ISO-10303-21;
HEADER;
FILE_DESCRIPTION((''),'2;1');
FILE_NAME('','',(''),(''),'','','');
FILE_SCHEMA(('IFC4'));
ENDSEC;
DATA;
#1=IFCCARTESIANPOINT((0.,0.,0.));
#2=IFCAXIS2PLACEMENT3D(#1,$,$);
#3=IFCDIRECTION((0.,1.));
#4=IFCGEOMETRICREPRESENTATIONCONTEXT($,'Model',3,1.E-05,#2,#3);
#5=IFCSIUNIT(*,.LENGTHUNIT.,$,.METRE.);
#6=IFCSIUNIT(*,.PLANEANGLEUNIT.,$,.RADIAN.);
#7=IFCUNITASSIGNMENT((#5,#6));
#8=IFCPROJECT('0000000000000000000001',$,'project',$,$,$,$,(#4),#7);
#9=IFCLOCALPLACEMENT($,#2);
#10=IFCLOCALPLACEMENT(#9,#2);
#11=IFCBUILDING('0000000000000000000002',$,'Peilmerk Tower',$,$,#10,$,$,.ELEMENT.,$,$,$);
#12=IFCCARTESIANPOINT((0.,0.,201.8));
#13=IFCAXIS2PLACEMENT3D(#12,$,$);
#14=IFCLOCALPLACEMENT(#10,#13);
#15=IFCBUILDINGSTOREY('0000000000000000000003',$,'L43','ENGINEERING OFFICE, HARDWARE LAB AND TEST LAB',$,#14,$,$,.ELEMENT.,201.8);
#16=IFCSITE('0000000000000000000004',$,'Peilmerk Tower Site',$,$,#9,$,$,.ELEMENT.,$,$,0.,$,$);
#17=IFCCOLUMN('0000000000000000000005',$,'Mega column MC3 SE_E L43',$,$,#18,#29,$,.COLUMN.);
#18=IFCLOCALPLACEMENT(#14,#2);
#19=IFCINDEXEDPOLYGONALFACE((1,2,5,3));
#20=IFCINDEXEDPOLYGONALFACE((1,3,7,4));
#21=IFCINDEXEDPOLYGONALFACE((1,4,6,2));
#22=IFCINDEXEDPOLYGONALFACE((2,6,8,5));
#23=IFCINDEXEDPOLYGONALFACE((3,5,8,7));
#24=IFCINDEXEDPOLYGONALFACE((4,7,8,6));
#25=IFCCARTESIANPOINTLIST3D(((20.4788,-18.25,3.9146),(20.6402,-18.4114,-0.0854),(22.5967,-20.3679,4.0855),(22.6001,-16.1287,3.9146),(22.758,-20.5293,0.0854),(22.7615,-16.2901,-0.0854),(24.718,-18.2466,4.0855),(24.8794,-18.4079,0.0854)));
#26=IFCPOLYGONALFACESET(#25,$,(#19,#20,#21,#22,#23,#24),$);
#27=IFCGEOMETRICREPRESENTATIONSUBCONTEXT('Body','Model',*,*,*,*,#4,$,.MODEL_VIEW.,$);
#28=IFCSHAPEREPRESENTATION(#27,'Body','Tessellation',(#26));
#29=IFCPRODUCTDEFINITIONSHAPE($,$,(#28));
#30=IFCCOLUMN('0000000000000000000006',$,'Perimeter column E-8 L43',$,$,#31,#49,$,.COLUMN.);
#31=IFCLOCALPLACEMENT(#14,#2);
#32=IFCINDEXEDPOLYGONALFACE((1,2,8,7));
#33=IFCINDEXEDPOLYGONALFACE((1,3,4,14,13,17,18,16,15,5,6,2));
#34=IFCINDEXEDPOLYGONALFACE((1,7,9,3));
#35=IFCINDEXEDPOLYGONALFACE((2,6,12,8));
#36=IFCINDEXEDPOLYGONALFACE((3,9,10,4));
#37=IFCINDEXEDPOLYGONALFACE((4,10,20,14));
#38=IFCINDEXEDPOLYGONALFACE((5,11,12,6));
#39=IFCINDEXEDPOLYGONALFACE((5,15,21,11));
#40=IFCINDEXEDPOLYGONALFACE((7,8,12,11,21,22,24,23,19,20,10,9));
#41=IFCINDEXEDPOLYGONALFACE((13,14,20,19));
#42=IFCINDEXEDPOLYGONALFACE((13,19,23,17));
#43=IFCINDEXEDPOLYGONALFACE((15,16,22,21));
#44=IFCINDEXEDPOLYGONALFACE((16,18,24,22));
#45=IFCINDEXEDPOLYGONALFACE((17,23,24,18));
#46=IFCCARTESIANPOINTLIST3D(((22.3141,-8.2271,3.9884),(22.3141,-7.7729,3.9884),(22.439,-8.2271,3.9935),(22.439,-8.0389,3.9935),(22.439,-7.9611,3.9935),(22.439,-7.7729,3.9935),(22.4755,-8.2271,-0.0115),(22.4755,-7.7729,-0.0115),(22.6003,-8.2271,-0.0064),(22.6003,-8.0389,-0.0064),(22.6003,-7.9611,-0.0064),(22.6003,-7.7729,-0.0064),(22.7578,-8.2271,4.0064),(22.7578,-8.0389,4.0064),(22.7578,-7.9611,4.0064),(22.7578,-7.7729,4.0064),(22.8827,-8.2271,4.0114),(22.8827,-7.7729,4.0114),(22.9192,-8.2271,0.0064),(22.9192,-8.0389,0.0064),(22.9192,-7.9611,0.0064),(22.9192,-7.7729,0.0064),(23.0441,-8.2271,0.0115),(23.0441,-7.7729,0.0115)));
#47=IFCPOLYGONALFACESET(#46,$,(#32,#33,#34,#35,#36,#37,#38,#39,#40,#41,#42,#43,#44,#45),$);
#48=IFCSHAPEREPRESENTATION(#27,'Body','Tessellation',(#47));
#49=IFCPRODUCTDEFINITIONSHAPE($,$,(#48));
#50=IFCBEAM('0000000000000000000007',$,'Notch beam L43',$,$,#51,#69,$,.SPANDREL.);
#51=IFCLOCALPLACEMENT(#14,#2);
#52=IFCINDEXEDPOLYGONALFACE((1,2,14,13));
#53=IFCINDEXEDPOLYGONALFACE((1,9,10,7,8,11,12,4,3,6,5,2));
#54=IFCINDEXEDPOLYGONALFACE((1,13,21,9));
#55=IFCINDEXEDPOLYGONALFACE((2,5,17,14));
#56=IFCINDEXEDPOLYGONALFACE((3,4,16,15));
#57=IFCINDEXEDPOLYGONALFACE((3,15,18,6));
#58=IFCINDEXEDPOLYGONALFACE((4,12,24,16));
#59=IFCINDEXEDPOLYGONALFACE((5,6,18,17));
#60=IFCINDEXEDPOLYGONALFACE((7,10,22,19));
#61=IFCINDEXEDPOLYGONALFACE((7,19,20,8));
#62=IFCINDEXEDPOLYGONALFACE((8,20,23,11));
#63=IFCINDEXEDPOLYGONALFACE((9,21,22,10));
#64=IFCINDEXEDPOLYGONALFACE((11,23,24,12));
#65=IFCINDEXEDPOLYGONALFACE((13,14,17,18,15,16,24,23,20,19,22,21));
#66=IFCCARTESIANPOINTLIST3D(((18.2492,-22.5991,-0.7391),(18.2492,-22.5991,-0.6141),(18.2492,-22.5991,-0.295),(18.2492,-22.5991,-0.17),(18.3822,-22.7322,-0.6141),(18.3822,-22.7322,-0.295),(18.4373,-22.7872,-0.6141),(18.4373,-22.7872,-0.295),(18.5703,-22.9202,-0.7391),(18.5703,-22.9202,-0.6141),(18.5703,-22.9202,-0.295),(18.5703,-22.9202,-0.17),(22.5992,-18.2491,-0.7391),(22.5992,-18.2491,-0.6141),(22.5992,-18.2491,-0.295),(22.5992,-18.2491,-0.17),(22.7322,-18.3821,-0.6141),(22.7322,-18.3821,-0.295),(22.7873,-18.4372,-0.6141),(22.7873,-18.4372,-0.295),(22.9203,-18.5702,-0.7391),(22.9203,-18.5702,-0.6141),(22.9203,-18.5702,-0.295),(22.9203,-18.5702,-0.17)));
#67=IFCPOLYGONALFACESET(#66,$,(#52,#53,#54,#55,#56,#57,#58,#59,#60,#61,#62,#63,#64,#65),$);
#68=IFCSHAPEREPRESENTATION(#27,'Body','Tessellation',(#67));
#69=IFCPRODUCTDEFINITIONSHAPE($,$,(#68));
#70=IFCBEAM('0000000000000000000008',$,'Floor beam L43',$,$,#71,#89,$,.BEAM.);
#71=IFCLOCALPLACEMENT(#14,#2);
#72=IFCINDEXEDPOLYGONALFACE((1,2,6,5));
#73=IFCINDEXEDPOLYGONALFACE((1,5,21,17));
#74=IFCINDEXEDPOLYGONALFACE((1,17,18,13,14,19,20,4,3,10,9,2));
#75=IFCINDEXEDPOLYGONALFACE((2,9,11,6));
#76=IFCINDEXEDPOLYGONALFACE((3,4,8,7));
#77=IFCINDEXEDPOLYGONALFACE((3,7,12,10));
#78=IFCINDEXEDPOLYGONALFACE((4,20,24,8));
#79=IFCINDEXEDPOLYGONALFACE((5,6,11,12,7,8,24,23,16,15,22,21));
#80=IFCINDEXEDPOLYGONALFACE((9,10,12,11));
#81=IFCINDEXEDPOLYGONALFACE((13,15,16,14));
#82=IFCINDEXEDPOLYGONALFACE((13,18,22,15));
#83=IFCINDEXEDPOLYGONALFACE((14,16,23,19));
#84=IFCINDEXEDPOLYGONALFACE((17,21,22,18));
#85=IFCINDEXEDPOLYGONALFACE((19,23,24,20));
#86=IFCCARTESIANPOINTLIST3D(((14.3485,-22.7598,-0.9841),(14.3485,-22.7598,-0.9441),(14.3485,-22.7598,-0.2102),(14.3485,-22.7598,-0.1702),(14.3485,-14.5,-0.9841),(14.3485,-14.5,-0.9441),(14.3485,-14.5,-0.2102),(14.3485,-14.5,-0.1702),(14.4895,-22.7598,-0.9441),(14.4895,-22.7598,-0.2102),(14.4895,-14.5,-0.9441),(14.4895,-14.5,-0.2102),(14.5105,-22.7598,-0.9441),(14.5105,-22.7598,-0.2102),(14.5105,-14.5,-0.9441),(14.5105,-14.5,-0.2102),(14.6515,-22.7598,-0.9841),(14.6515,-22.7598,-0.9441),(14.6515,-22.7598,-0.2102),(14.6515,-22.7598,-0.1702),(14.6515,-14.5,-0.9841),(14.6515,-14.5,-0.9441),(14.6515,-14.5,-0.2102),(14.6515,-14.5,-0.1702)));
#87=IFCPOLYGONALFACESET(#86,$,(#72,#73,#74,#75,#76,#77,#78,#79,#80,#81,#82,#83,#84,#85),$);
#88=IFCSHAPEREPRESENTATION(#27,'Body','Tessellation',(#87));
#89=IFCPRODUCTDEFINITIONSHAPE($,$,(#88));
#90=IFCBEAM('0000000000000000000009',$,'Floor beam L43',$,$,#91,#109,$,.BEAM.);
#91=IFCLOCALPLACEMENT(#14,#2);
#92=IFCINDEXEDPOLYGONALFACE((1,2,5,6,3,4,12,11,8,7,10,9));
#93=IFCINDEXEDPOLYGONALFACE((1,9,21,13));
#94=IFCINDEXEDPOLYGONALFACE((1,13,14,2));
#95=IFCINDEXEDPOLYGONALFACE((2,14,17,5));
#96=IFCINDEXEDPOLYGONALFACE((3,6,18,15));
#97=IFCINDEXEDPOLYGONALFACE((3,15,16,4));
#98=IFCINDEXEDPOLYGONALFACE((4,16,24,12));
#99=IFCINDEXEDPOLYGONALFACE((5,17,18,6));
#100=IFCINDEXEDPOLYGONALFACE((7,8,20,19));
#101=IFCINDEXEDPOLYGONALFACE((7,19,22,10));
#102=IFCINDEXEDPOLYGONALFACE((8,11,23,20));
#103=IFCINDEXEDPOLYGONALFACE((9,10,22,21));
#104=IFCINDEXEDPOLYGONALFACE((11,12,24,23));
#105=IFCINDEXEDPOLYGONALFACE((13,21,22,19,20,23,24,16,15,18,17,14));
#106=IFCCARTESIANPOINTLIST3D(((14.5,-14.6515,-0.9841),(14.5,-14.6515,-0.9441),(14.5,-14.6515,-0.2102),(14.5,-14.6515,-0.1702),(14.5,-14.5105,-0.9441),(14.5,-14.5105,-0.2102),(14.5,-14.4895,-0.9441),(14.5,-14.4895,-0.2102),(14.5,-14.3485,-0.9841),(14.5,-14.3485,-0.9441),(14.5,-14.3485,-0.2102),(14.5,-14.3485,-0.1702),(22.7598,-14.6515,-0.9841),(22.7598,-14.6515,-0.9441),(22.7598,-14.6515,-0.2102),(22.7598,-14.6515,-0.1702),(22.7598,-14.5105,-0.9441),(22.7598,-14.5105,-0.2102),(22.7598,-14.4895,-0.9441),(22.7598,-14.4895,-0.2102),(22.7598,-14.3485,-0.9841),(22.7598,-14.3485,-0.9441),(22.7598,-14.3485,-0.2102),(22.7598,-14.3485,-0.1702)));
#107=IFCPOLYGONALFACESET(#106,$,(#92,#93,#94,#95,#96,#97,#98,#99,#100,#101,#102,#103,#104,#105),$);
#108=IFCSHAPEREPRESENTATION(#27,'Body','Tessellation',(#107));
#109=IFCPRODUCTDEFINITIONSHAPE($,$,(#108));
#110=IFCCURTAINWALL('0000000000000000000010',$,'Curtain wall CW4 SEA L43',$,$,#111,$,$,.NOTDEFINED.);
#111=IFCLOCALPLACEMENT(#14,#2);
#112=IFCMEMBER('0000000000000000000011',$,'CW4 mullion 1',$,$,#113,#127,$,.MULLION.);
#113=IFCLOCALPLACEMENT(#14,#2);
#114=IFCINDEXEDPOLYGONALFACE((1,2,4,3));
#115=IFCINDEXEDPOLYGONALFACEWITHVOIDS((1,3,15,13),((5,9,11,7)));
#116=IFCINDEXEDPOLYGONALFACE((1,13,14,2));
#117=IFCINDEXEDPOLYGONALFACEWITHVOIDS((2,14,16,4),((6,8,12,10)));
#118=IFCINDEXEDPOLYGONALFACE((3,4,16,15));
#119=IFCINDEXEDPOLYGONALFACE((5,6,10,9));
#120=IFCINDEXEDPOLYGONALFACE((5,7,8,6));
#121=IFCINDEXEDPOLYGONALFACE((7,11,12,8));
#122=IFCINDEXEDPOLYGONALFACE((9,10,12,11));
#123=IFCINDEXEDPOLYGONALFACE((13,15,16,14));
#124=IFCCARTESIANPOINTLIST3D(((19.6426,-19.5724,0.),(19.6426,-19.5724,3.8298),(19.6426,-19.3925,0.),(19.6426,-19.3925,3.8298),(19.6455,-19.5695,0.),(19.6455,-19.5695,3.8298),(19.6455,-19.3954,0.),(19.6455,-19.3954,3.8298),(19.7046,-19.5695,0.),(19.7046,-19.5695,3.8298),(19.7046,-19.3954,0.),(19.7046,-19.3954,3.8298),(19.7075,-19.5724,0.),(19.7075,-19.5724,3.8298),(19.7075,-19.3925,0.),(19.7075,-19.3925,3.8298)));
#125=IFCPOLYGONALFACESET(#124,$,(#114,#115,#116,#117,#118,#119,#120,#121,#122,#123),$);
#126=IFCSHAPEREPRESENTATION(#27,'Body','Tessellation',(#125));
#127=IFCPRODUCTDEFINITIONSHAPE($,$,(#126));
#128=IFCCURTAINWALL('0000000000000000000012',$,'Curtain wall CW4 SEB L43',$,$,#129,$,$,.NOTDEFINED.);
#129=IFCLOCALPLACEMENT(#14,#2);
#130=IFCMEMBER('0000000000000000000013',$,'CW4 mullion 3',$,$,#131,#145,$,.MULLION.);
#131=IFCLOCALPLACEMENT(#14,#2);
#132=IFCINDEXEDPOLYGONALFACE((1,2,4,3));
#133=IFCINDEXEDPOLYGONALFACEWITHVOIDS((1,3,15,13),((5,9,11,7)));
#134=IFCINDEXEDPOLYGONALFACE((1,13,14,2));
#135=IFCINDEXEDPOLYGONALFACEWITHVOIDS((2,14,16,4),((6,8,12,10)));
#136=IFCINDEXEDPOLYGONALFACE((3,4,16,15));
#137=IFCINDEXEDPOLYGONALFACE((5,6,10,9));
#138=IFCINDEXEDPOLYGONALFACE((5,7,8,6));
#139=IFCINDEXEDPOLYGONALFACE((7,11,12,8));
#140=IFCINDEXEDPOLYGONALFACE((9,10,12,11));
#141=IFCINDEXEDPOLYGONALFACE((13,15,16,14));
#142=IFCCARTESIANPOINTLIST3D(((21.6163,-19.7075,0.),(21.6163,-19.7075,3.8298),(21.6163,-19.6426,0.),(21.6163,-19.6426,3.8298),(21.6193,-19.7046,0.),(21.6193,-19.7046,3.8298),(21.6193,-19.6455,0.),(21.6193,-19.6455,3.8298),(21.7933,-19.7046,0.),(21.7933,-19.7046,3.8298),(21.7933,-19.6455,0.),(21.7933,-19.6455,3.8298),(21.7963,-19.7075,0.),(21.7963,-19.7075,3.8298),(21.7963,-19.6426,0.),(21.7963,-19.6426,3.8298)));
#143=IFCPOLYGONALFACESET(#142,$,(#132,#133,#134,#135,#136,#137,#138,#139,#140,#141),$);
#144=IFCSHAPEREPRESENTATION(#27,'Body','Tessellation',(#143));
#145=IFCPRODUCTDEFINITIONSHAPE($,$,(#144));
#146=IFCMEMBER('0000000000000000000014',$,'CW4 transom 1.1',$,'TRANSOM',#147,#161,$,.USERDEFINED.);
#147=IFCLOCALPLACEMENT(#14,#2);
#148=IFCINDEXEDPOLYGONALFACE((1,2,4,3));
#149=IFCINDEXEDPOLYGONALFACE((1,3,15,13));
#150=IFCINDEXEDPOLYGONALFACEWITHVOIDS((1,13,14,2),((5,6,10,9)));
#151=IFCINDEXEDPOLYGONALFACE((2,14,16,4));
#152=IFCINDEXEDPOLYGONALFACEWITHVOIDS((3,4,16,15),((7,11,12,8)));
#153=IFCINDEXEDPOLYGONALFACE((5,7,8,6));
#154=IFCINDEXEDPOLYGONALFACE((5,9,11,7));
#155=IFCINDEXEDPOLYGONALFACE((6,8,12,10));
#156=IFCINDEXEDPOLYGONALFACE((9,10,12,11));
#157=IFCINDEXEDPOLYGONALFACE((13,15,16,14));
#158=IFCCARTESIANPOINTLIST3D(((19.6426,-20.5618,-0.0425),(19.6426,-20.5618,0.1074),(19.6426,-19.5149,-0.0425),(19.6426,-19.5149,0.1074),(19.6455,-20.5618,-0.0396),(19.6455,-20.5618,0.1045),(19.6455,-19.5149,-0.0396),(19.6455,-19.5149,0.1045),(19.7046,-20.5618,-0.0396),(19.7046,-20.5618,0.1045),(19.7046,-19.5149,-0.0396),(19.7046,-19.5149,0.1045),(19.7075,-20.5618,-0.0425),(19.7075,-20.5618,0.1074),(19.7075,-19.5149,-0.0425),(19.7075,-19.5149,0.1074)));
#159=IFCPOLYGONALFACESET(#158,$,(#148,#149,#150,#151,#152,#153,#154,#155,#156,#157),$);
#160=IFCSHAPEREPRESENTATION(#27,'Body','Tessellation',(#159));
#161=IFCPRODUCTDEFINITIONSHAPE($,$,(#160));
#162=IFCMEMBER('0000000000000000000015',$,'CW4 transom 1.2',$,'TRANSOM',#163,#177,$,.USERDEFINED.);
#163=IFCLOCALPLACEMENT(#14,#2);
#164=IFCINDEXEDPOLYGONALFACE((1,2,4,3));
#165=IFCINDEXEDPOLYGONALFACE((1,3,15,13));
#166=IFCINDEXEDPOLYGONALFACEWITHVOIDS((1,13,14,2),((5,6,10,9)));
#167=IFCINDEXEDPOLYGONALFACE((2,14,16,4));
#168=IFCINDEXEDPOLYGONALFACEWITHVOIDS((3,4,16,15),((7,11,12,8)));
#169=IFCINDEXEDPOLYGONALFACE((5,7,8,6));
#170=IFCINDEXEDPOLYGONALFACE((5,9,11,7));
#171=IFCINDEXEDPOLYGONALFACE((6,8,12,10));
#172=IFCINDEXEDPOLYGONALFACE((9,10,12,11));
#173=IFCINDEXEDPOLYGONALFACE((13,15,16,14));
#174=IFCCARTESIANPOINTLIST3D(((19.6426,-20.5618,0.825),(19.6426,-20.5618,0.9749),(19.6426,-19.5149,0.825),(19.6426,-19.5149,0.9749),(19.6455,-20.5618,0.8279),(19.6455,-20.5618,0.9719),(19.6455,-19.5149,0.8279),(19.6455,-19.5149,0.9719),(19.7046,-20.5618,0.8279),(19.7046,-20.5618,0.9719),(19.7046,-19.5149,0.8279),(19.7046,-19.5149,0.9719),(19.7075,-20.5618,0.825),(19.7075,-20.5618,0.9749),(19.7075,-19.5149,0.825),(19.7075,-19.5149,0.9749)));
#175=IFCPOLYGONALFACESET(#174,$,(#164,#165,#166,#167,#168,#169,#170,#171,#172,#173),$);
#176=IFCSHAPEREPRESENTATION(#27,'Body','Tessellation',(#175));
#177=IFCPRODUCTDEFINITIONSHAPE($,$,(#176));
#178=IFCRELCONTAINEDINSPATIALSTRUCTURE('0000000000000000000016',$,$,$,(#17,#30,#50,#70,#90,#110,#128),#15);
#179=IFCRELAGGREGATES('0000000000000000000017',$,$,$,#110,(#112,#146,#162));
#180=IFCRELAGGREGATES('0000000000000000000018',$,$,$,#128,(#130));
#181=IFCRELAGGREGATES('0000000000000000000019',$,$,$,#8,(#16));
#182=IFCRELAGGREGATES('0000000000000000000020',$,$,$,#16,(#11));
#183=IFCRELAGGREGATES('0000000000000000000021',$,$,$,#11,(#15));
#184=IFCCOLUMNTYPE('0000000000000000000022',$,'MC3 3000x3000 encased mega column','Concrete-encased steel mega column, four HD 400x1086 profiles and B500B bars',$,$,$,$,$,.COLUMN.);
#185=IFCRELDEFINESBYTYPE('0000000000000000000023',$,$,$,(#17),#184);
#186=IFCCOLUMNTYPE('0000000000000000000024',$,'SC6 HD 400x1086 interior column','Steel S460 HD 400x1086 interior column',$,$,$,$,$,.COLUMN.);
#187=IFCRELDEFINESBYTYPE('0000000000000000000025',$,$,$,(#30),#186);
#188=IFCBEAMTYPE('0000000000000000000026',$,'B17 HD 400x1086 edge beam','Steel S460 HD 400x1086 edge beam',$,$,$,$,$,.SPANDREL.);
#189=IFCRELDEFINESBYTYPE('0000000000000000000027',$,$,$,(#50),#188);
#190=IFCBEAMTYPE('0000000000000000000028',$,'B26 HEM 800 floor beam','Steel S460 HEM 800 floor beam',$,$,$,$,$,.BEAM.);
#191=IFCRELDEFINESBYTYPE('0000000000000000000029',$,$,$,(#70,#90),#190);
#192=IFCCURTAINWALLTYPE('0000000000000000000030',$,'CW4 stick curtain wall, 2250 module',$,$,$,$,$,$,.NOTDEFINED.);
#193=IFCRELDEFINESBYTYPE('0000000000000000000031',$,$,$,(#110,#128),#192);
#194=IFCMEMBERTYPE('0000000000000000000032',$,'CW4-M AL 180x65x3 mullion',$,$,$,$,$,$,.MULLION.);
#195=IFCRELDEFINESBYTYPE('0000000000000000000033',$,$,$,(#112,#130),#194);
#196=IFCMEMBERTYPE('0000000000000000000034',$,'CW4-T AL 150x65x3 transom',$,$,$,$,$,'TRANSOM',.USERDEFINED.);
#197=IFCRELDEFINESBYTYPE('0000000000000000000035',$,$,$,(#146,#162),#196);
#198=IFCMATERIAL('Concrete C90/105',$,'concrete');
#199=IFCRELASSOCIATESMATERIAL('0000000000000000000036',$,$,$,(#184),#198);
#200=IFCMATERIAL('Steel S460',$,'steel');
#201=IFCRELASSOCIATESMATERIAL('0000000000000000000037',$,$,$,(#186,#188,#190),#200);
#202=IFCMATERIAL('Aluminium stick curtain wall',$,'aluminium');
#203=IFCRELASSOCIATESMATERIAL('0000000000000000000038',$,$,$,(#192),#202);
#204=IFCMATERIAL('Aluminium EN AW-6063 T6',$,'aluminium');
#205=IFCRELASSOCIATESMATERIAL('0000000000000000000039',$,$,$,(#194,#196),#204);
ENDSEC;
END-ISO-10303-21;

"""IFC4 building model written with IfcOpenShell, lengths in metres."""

from ifc_helpers import new_model, si_unit, direction, frame, origin, origin_2d, place, context, subcontext, project, spatial, rectangle, hollow_rectangle, i_section, extrude, material, material_profile, profile_set, type_object, element, aggregate, save


model = new_model("IFC4")

# Units and contexts
model_context = context("Model", 3, precision=1e-05, world=origin(), true_north=direction((0.0, 1.0)))
body_context = subcontext(model_context, "Body", "Model", "MODEL_VIEW")
ifc_project = project(units=[si_unit("LENGTHUNIT", "METRE"), si_unit("PLANEANGLEUNIT", "RADIAN")], contexts=[model_context])

# Site, building, storey
site_placement = place(None, origin())
site = spatial("IfcSite", under=ifc_project, at=site_placement, Name="Peilmerk Tower Site", CompositionType="ELEMENT", RefElevation=0.0)
building_placement = place(site_placement, origin())
building = spatial("IfcBuilding", under=site, at=building_placement, Name="Peilmerk Tower", CompositionType="ELEMENT")
storey_placement = place(building_placement, frame((0.0, 0.0, 201.8)))
storey = spatial("IfcBuildingStorey", under=building, at=storey_placement, Name="L43", Description="ENGINEERING OFFICE, HARDWARE LAB AND TEST LAB", CompositionType="ELEMENT", Elevation=201.8)

# Columns
ifc_material_1 = material(Name="Concrete C90/105", Category="concrete")
ifc_material_profile_1 = material_profile(ifc_material_1, rectangle(XDim=3.0, YDim=3.0, at=origin_2d()), Name="RC 3000x3000")
ifc_profile_set_1 = profile_set([ifc_material_profile_1], Name="Concrete C90/105")
column_type_1 = type_object("IfcColumnType", Name="MC3 3000x3000 encased mega column", Description="Concrete-encased steel mega column, four HD 400x1086 profiles and B500B bars", PredefinedType="COLUMN", material=ifc_profile_set_1)
column_1_placement = place(storey_placement, frame((22.7598, -18.4097, 0.0), z_axis=(-0.040279, 0.040279, 0.998376), x_axis=(-0.707107, -0.707107, 0.0)))
element("IfcColumn", 1, at=column_1_placement, inside=storey, type_object=column_type_1, Name="Mega column MC3 SE_E L43", PredefinedType="COLUMN", context=body_context, shape_type="SweptSolid", body=[
    extrude(rectangle(XDim=3.0, YDim=3.0, at=origin_2d()), origin(), (0.0, 0.0, 1.0), 4.0066),
])
ifc_material_2 = material(Name="Steel S460", Category="steel")
ifc_material_profile_2 = material_profile(ifc_material_2, i_section(OverallWidth=0.4541, OverallDepth=0.5691, WebThickness=0.0779, FlangeThickness=0.125, at=origin_2d()), Name="HD 400x1086")
ifc_profile_set_2 = profile_set([ifc_material_profile_2], Name="Steel S460")
column_type_2 = type_object("IfcColumnType", Name="SC6 HD 400x1086 interior column", Description="Steel S460 HD 400x1086 interior column", PredefinedType="COLUMN", material=ifc_profile_set_2)
column_2_placement = place(storey_placement, frame((22.7598, -8.0, 0.0), z_axis=(-0.040311, 0.0, 0.999187), x_axis=(0.0, -1.0, 0.0)))
element("IfcColumn", 2, at=column_2_placement, inside=storey, type_object=column_type_2, Name="Perimeter column E-8 L43", PredefinedType="COLUMN", context=body_context, shape_type="SweptSolid", body=[
    extrude(i_section(OverallWidth=0.4541, OverallDepth=0.5691, WebThickness=0.0779, FlangeThickness=0.125, at=origin_2d()), origin(), (0.0, 0.0, 1.0), 4.0032),
])

# Beams
ifc_material_profile_3 = material_profile(ifc_material_2, i_section(OverallWidth=0.4541, OverallDepth=0.5691, WebThickness=0.0779, FlangeThickness=0.125, at=origin_2d()), Name="HD 400x1086")
ifc_profile_set_3 = profile_set([ifc_material_profile_3], Name="Steel S460")
beam_type_1 = type_object("IfcBeamType", Name="B17 HD 400x1086 edge beam", Description="Steel S460 HD 400x1086 edge beam", PredefinedType="SPANDREL", material=ifc_profile_set_3)
beam_placement = place(storey_placement, frame((22.7598, -18.4097, -0.4546), z_axis=(-0.707107, -0.707107, 0.0), x_axis=(0.707107, -0.707107, 0.0)))
element("IfcBeam", 3, at=beam_placement, inside=storey, type_object=beam_type_1, Name="Notch beam L43", PredefinedType="SPANDREL", context=body_context, shape_type="SweptSolid", body=[
    extrude(i_section(OverallWidth=0.4541, OverallDepth=0.5691, WebThickness=0.0779, FlangeThickness=0.125, at=origin_2d()), origin(), (0.0, 0.0, 1.0), 6.1519),
])
ifc_material_profile_4 = material_profile(ifc_material_2, i_section(OverallWidth=0.303, OverallDepth=0.814, WebThickness=0.021, FlangeThickness=0.04, at=origin_2d()), Name="HEM 800")
ifc_profile_set_4 = profile_set([ifc_material_profile_4], Name="Steel S460")
beam_type_2 = type_object("IfcBeamType", Name="B26 HEM 800 floor beam", Description="Steel S460 HEM 800 floor beam", PredefinedType="BEAM", material=ifc_profile_set_4)
for number, where, z_axis, x_axis, name in (
    (4, (14.5, -14.5, -0.5771), (0.0, -1.0, 0.0), (1.0, 0.0, 0.0), "Floor beam L43"),
    (5, (14.5, -14.5, -0.5771), (1.0, 0.0, 0.0), (0.0, 1.0, 0.0), "Floor beam L43"),
):
    element("IfcBeam", number, at=place(storey_placement, frame(where, z_axis=z_axis, x_axis=x_axis)), inside=storey, type_object=beam_type_2, Name=name, PredefinedType="BEAM", context=body_context, shape_type="SweptSolid", body=[
        extrude(i_section(OverallWidth=0.303, OverallDepth=0.814, WebThickness=0.021, FlangeThickness=0.04, at=origin_2d()), origin(), (0.0, 0.0, 1.0), 8.2598),
    ])

# Curtain walls, members
ifc_material_3 = material(Name="Aluminium stick curtain wall", Category="aluminium")
curtain_wall_type = type_object("IfcCurtainWallType", Name="CW4 stick curtain wall, 2250 module", PredefinedType="NOTDEFINED", material=ifc_material_3)
curtain_wall_1_placement = place(storey_placement, origin())
curtain_wall_1 = element("IfcCurtainWall", 6, at=curtain_wall_1_placement, inside=storey, type_object=curtain_wall_type, Name="Curtain wall CW4 SEA L43", PredefinedType="NOTDEFINED")
ifc_material_4 = material(Name="Aluminium EN AW-6063 T6", Category="aluminium")
ifc_material_profile_5 = material_profile(ifc_material_4, hollow_rectangle(XDim=0.0649, YDim=0.1799, WallThickness=0.0029, at=origin_2d()), Name="AL 180x65x3")
ifc_profile_set_5 = profile_set([ifc_material_profile_5], Name="Aluminium EN AW-6063 T6")
member_type_1 = type_object("IfcMemberType", Name="CW4-M AL 180x65x3 mullion", PredefinedType="MULLION", material=ifc_profile_set_5)
member_1_placement = place(storey_placement, frame((19.675, -19.4824, 0.0), z_axis=(0.0, 0.0, 1.0), x_axis=(1.0, 0.0, 0.0)))
member_1 = element("IfcMember", 7, at=member_1_placement, type_object=member_type_1, Name="CW4 mullion 1", PredefinedType="MULLION", context=body_context, shape_type="SweptSolid", body=[
    extrude(hollow_rectangle(XDim=0.0649, YDim=0.1799, WallThickness=0.0029, at=origin_2d()), origin(), (0.0, 0.0, 1.0), 3.8298),
])
curtain_wall_2_placement = place(storey_placement, origin())
curtain_wall_2 = element("IfcCurtainWall", 8, at=curtain_wall_2_placement, inside=storey, type_object=curtain_wall_type, Name="Curtain wall CW4 SEB L43", PredefinedType="NOTDEFINED")
member_2_placement = place(storey_placement, frame((21.7063, -19.675, 0.0), z_axis=(0.0, 0.0, 1.0), x_axis=(0.0, 1.0, 0.0)))
member_2 = element("IfcMember", 9, at=member_2_placement, type_object=member_type_1, Name="CW4 mullion 3", PredefinedType="MULLION", context=body_context, shape_type="SweptSolid", body=[
    extrude(hollow_rectangle(XDim=0.0649, YDim=0.1799, WallThickness=0.0029, at=origin_2d()), origin(), (0.0, 0.0, 1.0), 3.8298),
])

# Members
ifc_material_profile_6 = material_profile(ifc_material_4, hollow_rectangle(XDim=0.0649, YDim=0.1499, WallThickness=0.0029, at=origin_2d()), Name="AL 150x65x3")
ifc_profile_set_6 = profile_set([ifc_material_profile_6], Name="Aluminium EN AW-6063 T6")
member_type_2 = type_object("IfcMemberType", Name="CW4-T AL 150x65x3 transom", ElementType="TRANSOM", PredefinedType="USERDEFINED", material=ifc_profile_set_6)
member_3_placement = place(storey_placement, frame((19.675, -19.5149, 0.0325), z_axis=(0.0, -1.0, 0.0), x_axis=(1.0, 0.0, 0.0)))
member_3 = element("IfcMember", 10, at=member_3_placement, type_object=member_type_2, Name="CW4 transom 1.1", ObjectType="TRANSOM", PredefinedType="USERDEFINED", context=body_context, shape_type="SweptSolid", body=[
    extrude(hollow_rectangle(XDim=0.0649, YDim=0.1499, WallThickness=0.0029, at=origin_2d()), origin(), (0.0, 0.0, 1.0), 1.0469),
])
member_4_placement = place(storey_placement, frame((19.675, -19.5149, 0.8999), z_axis=(0.0, -1.0, 0.0), x_axis=(1.0, 0.0, 0.0)))
member_4 = element("IfcMember", 11, at=member_4_placement, type_object=member_type_2, Name="CW4 transom 1.2", ObjectType="TRANSOM", PredefinedType="USERDEFINED", context=body_context, shape_type="SweptSolid", body=[
    extrude(hollow_rectangle(XDim=0.0649, YDim=0.1499, WallThickness=0.0029, at=origin_2d()), origin(), (0.0, 0.0, 1.0), 1.0469),
])
aggregate(curtain_wall_1, [member_1, member_3, member_4])

aggregate(curtain_wall_2, [member_2])

save(model, "model.ifc")
